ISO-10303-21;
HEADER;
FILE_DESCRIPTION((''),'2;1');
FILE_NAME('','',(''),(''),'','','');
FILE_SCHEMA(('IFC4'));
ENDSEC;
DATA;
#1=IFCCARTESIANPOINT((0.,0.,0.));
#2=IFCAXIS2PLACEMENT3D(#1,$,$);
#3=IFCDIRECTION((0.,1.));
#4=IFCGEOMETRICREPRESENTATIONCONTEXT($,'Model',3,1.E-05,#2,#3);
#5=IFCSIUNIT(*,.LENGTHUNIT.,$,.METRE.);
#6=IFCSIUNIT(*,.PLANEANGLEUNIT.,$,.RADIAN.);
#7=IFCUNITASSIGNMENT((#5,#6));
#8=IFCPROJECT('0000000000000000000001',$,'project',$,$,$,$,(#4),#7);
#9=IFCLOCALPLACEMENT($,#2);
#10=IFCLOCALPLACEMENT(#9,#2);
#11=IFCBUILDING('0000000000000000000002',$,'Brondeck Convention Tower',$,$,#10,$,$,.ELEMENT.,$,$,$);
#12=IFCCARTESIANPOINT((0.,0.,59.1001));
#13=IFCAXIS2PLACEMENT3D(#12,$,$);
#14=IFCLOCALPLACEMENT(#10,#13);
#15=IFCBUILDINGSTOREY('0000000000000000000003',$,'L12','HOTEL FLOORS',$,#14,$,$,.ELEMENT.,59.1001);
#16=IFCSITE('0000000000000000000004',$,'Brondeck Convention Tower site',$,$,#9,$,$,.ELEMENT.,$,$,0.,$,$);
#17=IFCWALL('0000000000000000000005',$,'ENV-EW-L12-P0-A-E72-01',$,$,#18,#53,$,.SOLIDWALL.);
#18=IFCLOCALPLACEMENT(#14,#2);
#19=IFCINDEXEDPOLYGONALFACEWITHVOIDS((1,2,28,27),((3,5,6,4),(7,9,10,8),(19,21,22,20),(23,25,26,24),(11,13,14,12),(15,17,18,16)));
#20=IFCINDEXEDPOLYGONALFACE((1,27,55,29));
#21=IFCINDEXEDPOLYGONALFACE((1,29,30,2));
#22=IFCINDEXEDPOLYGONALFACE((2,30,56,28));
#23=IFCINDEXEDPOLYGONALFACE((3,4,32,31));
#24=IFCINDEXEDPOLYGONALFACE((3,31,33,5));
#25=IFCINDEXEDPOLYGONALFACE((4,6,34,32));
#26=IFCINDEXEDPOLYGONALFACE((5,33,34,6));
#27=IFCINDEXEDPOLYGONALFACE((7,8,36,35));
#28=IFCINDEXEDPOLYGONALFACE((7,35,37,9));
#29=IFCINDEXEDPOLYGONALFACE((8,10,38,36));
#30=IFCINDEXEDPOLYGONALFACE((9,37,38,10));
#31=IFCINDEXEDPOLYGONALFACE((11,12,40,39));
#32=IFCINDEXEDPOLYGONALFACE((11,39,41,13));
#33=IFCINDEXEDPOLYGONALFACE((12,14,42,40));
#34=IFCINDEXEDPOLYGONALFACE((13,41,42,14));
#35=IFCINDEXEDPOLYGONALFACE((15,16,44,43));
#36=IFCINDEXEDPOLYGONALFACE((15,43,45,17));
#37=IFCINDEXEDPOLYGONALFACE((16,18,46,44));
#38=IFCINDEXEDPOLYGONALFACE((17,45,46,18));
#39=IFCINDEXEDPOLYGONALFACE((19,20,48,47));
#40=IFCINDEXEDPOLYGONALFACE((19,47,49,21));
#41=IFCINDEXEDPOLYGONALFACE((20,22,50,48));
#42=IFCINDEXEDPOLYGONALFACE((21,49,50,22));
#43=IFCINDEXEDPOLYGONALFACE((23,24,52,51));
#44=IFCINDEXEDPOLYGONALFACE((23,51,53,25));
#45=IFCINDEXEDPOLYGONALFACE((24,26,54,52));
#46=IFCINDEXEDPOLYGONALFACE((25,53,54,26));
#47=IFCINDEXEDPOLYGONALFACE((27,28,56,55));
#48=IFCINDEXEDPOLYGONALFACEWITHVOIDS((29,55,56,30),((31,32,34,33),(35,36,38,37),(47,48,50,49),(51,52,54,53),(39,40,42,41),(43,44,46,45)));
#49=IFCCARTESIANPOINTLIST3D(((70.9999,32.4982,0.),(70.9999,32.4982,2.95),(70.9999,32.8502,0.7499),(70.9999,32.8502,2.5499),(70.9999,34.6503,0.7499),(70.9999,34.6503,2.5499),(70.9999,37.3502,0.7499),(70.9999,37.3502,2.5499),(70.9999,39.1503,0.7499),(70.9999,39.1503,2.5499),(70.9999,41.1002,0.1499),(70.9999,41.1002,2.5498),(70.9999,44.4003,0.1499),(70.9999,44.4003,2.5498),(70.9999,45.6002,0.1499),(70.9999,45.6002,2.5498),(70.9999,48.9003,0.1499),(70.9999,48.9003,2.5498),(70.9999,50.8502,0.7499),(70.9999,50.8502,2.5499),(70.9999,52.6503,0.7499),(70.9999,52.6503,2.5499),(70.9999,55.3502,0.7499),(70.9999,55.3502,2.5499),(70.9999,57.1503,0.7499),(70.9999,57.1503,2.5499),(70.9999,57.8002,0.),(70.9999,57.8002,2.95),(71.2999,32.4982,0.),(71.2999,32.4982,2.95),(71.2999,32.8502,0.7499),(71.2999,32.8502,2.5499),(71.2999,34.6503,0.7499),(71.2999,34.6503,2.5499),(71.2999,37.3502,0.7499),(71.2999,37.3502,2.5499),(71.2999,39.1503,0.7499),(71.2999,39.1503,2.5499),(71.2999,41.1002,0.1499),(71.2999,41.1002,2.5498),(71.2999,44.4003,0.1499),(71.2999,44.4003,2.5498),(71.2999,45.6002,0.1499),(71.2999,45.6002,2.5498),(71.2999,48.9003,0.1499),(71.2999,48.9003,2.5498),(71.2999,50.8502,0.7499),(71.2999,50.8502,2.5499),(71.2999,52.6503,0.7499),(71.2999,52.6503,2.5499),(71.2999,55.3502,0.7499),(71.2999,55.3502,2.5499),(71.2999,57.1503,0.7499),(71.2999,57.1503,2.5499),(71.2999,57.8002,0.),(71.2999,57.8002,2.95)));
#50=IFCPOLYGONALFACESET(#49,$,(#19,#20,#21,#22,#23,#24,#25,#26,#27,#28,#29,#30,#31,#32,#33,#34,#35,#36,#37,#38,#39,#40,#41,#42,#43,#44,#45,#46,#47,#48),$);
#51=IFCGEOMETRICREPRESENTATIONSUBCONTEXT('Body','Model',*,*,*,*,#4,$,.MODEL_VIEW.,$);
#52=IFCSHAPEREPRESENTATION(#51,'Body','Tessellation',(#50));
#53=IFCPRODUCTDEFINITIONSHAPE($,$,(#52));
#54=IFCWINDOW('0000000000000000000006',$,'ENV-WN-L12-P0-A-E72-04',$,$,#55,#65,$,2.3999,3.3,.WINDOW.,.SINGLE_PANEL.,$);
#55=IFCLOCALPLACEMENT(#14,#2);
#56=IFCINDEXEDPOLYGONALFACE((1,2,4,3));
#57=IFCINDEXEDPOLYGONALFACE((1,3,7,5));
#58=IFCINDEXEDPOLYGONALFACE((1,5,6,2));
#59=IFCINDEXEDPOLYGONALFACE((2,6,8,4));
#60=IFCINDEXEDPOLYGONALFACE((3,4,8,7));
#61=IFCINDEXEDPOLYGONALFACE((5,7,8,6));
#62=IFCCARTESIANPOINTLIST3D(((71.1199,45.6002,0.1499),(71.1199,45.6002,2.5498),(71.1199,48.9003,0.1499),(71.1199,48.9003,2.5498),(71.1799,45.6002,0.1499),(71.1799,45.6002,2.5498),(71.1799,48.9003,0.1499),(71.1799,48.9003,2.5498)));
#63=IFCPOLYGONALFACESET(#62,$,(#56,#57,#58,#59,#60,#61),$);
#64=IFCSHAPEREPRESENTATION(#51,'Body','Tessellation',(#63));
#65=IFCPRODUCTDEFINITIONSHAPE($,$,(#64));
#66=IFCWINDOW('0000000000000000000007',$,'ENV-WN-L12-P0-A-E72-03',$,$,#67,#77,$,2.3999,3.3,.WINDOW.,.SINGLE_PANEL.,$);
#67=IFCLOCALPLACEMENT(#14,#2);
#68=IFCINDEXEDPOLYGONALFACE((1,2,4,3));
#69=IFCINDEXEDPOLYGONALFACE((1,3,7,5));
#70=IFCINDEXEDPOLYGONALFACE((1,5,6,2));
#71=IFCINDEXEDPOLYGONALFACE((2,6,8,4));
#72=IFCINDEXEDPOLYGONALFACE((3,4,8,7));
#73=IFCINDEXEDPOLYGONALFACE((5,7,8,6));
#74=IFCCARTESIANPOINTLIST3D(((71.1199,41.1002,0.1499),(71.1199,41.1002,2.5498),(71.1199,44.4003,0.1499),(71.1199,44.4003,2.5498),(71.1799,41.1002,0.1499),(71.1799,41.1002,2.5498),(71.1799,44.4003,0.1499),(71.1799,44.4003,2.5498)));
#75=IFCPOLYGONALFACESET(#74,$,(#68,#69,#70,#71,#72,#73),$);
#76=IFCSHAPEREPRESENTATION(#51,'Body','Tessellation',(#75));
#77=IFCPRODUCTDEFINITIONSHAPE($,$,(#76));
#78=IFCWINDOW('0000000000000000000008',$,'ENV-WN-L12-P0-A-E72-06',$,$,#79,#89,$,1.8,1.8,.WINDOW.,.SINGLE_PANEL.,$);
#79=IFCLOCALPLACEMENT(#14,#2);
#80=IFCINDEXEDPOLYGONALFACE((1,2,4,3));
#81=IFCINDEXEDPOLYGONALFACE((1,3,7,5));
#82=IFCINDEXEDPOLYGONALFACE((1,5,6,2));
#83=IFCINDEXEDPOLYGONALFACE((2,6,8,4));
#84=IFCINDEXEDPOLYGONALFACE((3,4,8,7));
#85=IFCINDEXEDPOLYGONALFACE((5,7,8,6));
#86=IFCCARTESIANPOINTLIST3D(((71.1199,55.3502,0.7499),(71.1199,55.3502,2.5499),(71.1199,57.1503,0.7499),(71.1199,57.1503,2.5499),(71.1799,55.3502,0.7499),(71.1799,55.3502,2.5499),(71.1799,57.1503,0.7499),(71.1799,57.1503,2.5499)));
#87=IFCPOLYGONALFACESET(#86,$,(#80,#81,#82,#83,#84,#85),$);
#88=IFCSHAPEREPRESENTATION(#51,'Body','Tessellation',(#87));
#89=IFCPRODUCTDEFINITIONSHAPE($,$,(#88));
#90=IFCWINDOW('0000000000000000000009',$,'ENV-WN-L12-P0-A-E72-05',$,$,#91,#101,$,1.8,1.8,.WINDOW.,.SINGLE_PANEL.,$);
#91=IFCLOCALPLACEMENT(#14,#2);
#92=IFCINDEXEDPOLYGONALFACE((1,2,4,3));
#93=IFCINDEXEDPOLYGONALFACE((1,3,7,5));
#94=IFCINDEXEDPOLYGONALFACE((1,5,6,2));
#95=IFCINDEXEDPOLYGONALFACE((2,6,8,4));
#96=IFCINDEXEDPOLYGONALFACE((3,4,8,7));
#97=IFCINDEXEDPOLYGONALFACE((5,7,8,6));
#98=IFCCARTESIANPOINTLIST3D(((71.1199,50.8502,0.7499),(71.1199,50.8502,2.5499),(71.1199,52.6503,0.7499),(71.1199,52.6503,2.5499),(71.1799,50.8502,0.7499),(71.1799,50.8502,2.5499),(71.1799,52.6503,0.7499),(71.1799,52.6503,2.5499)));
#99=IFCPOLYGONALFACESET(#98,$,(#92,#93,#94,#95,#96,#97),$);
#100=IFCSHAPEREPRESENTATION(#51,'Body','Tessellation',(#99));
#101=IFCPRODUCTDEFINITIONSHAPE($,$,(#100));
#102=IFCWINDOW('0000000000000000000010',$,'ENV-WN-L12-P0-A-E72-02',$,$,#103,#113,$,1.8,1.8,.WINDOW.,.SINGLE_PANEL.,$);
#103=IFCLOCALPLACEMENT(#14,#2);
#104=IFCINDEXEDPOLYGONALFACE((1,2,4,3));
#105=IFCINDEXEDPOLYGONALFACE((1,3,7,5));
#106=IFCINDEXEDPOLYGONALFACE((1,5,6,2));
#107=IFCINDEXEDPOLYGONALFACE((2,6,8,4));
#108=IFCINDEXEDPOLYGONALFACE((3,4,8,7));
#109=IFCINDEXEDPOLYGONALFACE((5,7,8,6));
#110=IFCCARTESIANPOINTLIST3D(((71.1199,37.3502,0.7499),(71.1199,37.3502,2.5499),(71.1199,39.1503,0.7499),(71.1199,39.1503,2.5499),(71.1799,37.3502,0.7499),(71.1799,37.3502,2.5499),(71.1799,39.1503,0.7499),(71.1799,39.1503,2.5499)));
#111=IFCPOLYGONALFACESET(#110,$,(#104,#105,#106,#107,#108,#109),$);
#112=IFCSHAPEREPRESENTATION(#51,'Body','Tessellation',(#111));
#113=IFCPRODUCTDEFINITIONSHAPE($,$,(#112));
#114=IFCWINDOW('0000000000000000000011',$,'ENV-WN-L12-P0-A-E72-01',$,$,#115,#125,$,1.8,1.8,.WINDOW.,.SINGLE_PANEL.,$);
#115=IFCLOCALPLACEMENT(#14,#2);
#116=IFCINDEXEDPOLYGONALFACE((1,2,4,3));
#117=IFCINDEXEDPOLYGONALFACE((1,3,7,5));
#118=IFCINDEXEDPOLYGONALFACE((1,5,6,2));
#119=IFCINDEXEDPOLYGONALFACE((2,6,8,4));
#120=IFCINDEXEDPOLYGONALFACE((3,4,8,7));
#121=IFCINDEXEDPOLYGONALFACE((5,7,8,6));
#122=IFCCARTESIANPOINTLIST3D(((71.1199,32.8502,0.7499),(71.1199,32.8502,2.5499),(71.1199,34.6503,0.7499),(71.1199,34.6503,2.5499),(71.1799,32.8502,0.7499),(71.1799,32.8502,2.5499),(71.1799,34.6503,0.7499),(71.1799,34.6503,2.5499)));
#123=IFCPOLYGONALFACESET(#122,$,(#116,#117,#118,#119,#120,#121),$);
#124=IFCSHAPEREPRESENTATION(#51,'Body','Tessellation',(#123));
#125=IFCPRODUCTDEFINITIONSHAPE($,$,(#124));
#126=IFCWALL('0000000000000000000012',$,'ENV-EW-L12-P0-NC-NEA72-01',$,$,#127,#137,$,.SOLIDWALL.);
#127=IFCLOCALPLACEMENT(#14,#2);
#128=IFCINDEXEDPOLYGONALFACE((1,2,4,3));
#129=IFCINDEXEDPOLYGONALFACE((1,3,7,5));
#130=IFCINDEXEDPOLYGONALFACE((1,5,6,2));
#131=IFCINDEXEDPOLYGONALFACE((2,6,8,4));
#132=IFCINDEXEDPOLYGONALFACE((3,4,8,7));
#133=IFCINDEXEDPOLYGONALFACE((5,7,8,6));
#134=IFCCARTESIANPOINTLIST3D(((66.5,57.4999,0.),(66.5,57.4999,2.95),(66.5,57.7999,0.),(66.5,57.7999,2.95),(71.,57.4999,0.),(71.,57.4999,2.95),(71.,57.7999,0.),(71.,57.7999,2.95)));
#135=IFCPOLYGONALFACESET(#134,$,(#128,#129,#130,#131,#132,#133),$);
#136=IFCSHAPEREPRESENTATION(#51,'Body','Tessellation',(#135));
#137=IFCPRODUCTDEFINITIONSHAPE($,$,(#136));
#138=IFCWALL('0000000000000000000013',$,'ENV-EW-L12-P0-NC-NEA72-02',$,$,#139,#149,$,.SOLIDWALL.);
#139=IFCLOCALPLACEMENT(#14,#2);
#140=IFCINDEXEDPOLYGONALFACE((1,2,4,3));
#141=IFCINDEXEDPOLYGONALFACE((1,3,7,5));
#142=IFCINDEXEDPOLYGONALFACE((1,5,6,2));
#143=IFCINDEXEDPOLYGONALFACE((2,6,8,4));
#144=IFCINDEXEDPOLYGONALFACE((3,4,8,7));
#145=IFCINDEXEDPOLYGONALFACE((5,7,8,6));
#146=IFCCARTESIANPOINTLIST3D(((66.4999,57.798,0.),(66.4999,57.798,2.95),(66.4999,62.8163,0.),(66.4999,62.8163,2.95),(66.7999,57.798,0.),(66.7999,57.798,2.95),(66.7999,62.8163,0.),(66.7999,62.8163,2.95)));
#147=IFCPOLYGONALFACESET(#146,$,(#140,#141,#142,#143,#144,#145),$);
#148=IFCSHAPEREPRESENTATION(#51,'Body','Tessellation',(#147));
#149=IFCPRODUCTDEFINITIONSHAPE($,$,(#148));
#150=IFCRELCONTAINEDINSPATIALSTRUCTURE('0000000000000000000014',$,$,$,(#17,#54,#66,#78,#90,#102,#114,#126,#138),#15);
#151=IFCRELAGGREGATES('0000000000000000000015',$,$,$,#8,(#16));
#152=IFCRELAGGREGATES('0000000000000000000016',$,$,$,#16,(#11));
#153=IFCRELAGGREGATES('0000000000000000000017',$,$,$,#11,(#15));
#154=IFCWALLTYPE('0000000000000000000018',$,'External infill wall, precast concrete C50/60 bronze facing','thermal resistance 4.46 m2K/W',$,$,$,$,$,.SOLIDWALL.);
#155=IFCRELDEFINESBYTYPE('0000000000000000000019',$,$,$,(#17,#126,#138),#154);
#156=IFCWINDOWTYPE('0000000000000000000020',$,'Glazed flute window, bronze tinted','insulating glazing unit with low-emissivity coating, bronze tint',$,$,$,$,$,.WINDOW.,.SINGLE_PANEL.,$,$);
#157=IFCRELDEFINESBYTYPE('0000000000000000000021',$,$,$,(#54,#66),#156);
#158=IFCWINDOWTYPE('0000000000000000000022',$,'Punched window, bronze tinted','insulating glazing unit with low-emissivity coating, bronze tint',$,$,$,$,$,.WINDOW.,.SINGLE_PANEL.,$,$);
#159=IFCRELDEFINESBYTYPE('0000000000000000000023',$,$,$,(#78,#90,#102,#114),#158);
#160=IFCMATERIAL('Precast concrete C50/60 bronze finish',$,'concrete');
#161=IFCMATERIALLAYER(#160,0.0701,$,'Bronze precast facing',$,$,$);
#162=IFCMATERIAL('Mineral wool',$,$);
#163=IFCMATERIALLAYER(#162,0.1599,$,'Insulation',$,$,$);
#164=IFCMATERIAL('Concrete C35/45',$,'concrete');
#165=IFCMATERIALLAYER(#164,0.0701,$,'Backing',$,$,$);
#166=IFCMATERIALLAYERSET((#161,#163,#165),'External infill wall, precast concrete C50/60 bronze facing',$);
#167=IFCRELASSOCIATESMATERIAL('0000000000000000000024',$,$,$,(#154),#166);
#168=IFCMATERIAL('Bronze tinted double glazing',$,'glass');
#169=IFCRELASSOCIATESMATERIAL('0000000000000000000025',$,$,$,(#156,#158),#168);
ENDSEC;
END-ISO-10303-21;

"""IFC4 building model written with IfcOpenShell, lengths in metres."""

from ifc_helpers import new_model, si_unit, direction, frame, frame_2d, origin, place, context, subcontext, project, spatial, rectangle, extrude, material, layer, layer_set, type_object, element, fill, save


model = new_model("IFC4")

# Units and contexts
model_context = context("Model", 3, precision=1e-05, world=origin(), true_north=direction((0.0, 1.0)))
body_context = subcontext(model_context, "Body", "Model", "MODEL_VIEW")
ifc_project = project(units=[si_unit("LENGTHUNIT", "METRE"), si_unit("PLANEANGLEUNIT", "RADIAN")], contexts=[model_context])

# Site, building, storey
site_placement = place(None, origin())
site = spatial("IfcSite", under=ifc_project, at=site_placement, Name="Brondeck Convention Tower site", CompositionType="ELEMENT", RefElevation=0.0)
building_placement = place(site_placement, origin())
building = spatial("IfcBuilding", under=site, at=building_placement, Name="Brondeck Convention Tower", CompositionType="ELEMENT")
storey_placement = place(building_placement, frame((0.0, 0.0, 59.1001)))
storey = spatial("IfcBuildingStorey", under=building, at=storey_placement, Name="L12", Description="HOTEL FLOORS", CompositionType="ELEMENT", Elevation=59.1001)

# Wall, openings, windows
ifc_material_1 = material(Name="Precast concrete C50/60 bronze finish", Category="concrete")
ifc_layer_1 = layer(ifc_material_1, 0.0701, Name="Bronze precast facing")
ifc_material_2 = material(Name="Mineral wool")
ifc_layer_2 = layer(ifc_material_2, 0.1599, Name="Insulation")
ifc_material_3 = material(Name="Concrete C35/45", Category="concrete")
ifc_layer_3 = layer(ifc_material_3, 0.0701, Name="Backing")
ifc_layer_set_1 = layer_set([ifc_layer_1, ifc_layer_2, ifc_layer_3], Name="External infill wall, precast concrete C50/60 bronze facing")
wall_type_1 = type_object("IfcWallType", Name="External infill wall, precast concrete C50/60 bronze facing", Description="thermal resistance 4.46 m2K/W", PredefinedType="SOLIDWALL", material=ifc_layer_set_1)
wall_1_placement = place(storey_placement, frame((71.1499, 57.8, 0.0), z_axis=(0.0, 0.0, 1.0), x_axis=(0.0, -1.0, 0.0)))
wall_1 = element("IfcWall", 1, at=wall_1_placement, inside=storey, type_object=wall_type_1, Name="ENV-EW-L12-P0-A-E72-01", PredefinedType="SOLIDWALL", context=body_context, shape_type="SweptSolid", body=[
    extrude(rectangle(XDim=25.302, YDim=0.3, at=frame_2d((12.6509, 0.0))), origin(), (0.0, 0.0, 1.0), 2.95),
])
opening_1_placement = place(wall_1_placement, frame((0.6499, 0.0, 0.75)))
opening_1 = element("IfcOpeningElement", 2, at=opening_1_placement, cuts=wall_1, PredefinedType="OPENING", context=body_context, shape_type="SweptSolid", body=[
    extrude(rectangle(XDim=1.8, YDim=1.8, at=frame_2d((0.8999, 0.8999))), frame((0.0, 0.1599, 0.0), z_axis=(0.0, -1.0, 0.0), x_axis=(1.0, 0.0, 0.0)), (0.0, 0.0, 1.0), 0.3201),
])
opening_2_placement = place(wall_1_placement, frame((5.1499, 0.0, 0.75)))
opening_2 = element("IfcOpeningElement", 3, at=opening_2_placement, cuts=wall_1, PredefinedType="OPENING", context=body_context, shape_type="SweptSolid", body=[
    extrude(rectangle(XDim=1.8, YDim=1.8, at=frame_2d((0.8999, 0.8999))), frame((0.0, 0.1599, 0.0), z_axis=(0.0, -1.0, 0.0), x_axis=(1.0, 0.0, 0.0)), (0.0, 0.0, 1.0), 0.3201),
])
opening_3_placement = place(wall_1_placement, frame((8.8999, 0.0, 0.1499)))
opening_3 = element("IfcOpeningElement", 4, at=opening_3_placement, cuts=wall_1, PredefinedType="OPENING", context=body_context, shape_type="SweptSolid", body=[
    extrude(rectangle(XDim=3.3, YDim=2.3999, at=frame_2d((1.6499, 1.2))), frame((0.0, 0.1599, 0.0), z_axis=(0.0, -1.0, 0.0), x_axis=(1.0, 0.0, 0.0)), (0.0, 0.0, 1.0), 0.3201),
])
opening_4_placement = place(wall_1_placement, frame((13.3999, 0.0, 0.1499)))
opening_4 = element("IfcOpeningElement", 5, at=opening_4_placement, cuts=wall_1, PredefinedType="OPENING", context=body_context, shape_type="SweptSolid", body=[
    extrude(rectangle(XDim=3.3, YDim=2.3999, at=frame_2d((1.6499, 1.2))), frame((0.0, 0.1599, 0.0), z_axis=(0.0, -1.0, 0.0), x_axis=(1.0, 0.0, 0.0)), (0.0, 0.0, 1.0), 0.3201),
])
opening_5_placement = place(wall_1_placement, frame((18.6499, 0.0, 0.75)))
opening_5 = element("IfcOpeningElement", 6, at=opening_5_placement, cuts=wall_1, PredefinedType="OPENING", context=body_context, shape_type="SweptSolid", body=[
    extrude(rectangle(XDim=1.8, YDim=1.8, at=frame_2d((0.8999, 0.8999))), frame((0.0, 0.1599, 0.0), z_axis=(0.0, -1.0, 0.0), x_axis=(1.0, 0.0, 0.0)), (0.0, 0.0, 1.0), 0.3201),
])
opening_6_placement = place(wall_1_placement, frame((23.1499, 0.0, 0.75)))
opening_6 = element("IfcOpeningElement", 7, at=opening_6_placement, cuts=wall_1, PredefinedType="OPENING", context=body_context, shape_type="SweptSolid", body=[
    extrude(rectangle(XDim=1.8, YDim=1.8, at=frame_2d((0.8999, 0.8999))), frame((0.0, 0.1599, 0.0), z_axis=(0.0, -1.0, 0.0), x_axis=(1.0, 0.0, 0.0)), (0.0, 0.0, 1.0), 0.3201),
])
ifc_material_4 = material(Name="Bronze tinted double glazing", Category="glass")
window_type_1 = type_object("IfcWindowType", Name="Glazed flute window, bronze tinted", Description="insulating glazing unit with low-emissivity coating, bronze tint", PartitioningType="SINGLE_PANEL", PredefinedType="WINDOW", material=ifc_material_4)
window_1_placement = place(opening_3_placement, origin())
window_1 = element("IfcWindow", 8, at=window_1_placement, inside=storey, type_object=window_type_1, Name="ENV-WN-L12-P0-A-E72-04", OverallHeight=2.3999, OverallWidth=3.3, PartitioningType="SINGLE_PANEL", PredefinedType="WINDOW", context=body_context, shape_type="SweptSolid", body=[
    extrude(rectangle(XDim=3.3, YDim=2.3999, at=frame_2d((1.6499, 1.2))), frame((0.0, 0.03, 0.0), z_axis=(0.0, -1.0, 0.0), x_axis=(1.0, 0.0, 0.0)), (0.0, 0.0, 1.0), 0.0601),
])
fill(opening_3, window_1)
window_2_placement = place(opening_4_placement, origin())
window_2 = element("IfcWindow", 9, at=window_2_placement, inside=storey, type_object=window_type_1, Name="ENV-WN-L12-P0-A-E72-03", OverallHeight=2.3999, OverallWidth=3.3, PartitioningType="SINGLE_PANEL", PredefinedType="WINDOW", context=body_context, shape_type="SweptSolid", body=[
    extrude(rectangle(XDim=3.3, YDim=2.3999, at=frame_2d((1.6499, 1.2))), frame((0.0, 0.03, 0.0), z_axis=(0.0, -1.0, 0.0), x_axis=(1.0, 0.0, 0.0)), (0.0, 0.0, 1.0), 0.0601),
])
fill(opening_4, window_2)
window_type_2 = type_object("IfcWindowType", Name="Punched window, bronze tinted", Description="insulating glazing unit with low-emissivity coating, bronze tint", PartitioningType="SINGLE_PANEL", PredefinedType="WINDOW", material=ifc_material_4)
window_3_placement = place(opening_1_placement, origin())
window_3 = element("IfcWindow", 10, at=window_3_placement, inside=storey, type_object=window_type_2, Name="ENV-WN-L12-P0-A-E72-06", OverallHeight=1.8, OverallWidth=1.8, PartitioningType="SINGLE_PANEL", PredefinedType="WINDOW", context=body_context, shape_type="SweptSolid", body=[
    extrude(rectangle(XDim=1.8, YDim=1.8, at=frame_2d((0.8999, 0.8999))), frame((0.0, 0.03, 0.0), z_axis=(0.0, -1.0, 0.0), x_axis=(1.0, 0.0, 0.0)), (0.0, 0.0, 1.0), 0.0601),
])
fill(opening_1, window_3)
window_4_placement = place(opening_2_placement, origin())
window_4 = element("IfcWindow", 11, at=window_4_placement, inside=storey, type_object=window_type_2, Name="ENV-WN-L12-P0-A-E72-05", OverallHeight=1.8, OverallWidth=1.8, PartitioningType="SINGLE_PANEL", PredefinedType="WINDOW", context=body_context, shape_type="SweptSolid", body=[
    extrude(rectangle(XDim=1.8, YDim=1.8, at=frame_2d((0.8999, 0.8999))), frame((0.0, 0.03, 0.0), z_axis=(0.0, -1.0, 0.0), x_axis=(1.0, 0.0, 0.0)), (0.0, 0.0, 1.0), 0.0601),
])
fill(opening_2, window_4)
window_5_placement = place(opening_5_placement, origin())
window_5 = element("IfcWindow", 12, at=window_5_placement, inside=storey, type_object=window_type_2, Name="ENV-WN-L12-P0-A-E72-02", OverallHeight=1.8, OverallWidth=1.8, PartitioningType="SINGLE_PANEL", PredefinedType="WINDOW", context=body_context, shape_type="SweptSolid", body=[
    extrude(rectangle(XDim=1.8, YDim=1.8, at=frame_2d((0.8999, 0.8999))), frame((0.0, 0.03, 0.0), z_axis=(0.0, -1.0, 0.0), x_axis=(1.0, 0.0, 0.0)), (0.0, 0.0, 1.0), 0.0601),
])
fill(opening_5, window_5)
window_6_placement = place(opening_6_placement, origin())
window_6 = element("IfcWindow", 13, at=window_6_placement, inside=storey, type_object=window_type_2, Name="ENV-WN-L12-P0-A-E72-01", OverallHeight=1.8, OverallWidth=1.8, PartitioningType="SINGLE_PANEL", PredefinedType="WINDOW", context=body_context, shape_type="SweptSolid", body=[
    extrude(rectangle(XDim=1.8, YDim=1.8, at=frame_2d((0.8999, 0.8999))), frame((0.0, 0.03, 0.0), z_axis=(0.0, -1.0, 0.0), x_axis=(1.0, 0.0, 0.0)), (0.0, 0.0, 1.0), 0.0601),
])
fill(opening_6, window_6)

# Walls
wall_2_placement = place(storey_placement, frame((66.5, 57.6499, 0.0), z_axis=(0.0, 0.0, 1.0), x_axis=(1.0, 0.0, 0.0)))
element("IfcWall", 14, at=wall_2_placement, inside=storey, type_object=wall_type_1, Name="ENV-EW-L12-P0-NC-NEA72-01", PredefinedType="SOLIDWALL", context=body_context, shape_type="SweptSolid", body=[
    extrude(rectangle(XDim=4.5, YDim=0.3, at=frame_2d((2.25, 0.0))), origin(), (0.0, 0.0, 1.0), 2.95),
])
wall_3_placement = place(storey_placement, frame((66.6499, 62.8164, 0.0), z_axis=(0.0, 0.0, 1.0), x_axis=(0.0, -1.0, 0.0)))
element("IfcWall", 15, at=wall_3_placement, inside=storey, type_object=wall_type_1, Name="ENV-EW-L12-P0-NC-NEA72-02", PredefinedType="SOLIDWALL", context=body_context, shape_type="SweptSolid", body=[
    extrude(rectangle(XDim=5.0183, YDim=0.3, at=frame_2d((2.5093, 0.0))), origin(), (0.0, 0.0, 1.0), 2.95),
])

save(model, "model.ifc")
